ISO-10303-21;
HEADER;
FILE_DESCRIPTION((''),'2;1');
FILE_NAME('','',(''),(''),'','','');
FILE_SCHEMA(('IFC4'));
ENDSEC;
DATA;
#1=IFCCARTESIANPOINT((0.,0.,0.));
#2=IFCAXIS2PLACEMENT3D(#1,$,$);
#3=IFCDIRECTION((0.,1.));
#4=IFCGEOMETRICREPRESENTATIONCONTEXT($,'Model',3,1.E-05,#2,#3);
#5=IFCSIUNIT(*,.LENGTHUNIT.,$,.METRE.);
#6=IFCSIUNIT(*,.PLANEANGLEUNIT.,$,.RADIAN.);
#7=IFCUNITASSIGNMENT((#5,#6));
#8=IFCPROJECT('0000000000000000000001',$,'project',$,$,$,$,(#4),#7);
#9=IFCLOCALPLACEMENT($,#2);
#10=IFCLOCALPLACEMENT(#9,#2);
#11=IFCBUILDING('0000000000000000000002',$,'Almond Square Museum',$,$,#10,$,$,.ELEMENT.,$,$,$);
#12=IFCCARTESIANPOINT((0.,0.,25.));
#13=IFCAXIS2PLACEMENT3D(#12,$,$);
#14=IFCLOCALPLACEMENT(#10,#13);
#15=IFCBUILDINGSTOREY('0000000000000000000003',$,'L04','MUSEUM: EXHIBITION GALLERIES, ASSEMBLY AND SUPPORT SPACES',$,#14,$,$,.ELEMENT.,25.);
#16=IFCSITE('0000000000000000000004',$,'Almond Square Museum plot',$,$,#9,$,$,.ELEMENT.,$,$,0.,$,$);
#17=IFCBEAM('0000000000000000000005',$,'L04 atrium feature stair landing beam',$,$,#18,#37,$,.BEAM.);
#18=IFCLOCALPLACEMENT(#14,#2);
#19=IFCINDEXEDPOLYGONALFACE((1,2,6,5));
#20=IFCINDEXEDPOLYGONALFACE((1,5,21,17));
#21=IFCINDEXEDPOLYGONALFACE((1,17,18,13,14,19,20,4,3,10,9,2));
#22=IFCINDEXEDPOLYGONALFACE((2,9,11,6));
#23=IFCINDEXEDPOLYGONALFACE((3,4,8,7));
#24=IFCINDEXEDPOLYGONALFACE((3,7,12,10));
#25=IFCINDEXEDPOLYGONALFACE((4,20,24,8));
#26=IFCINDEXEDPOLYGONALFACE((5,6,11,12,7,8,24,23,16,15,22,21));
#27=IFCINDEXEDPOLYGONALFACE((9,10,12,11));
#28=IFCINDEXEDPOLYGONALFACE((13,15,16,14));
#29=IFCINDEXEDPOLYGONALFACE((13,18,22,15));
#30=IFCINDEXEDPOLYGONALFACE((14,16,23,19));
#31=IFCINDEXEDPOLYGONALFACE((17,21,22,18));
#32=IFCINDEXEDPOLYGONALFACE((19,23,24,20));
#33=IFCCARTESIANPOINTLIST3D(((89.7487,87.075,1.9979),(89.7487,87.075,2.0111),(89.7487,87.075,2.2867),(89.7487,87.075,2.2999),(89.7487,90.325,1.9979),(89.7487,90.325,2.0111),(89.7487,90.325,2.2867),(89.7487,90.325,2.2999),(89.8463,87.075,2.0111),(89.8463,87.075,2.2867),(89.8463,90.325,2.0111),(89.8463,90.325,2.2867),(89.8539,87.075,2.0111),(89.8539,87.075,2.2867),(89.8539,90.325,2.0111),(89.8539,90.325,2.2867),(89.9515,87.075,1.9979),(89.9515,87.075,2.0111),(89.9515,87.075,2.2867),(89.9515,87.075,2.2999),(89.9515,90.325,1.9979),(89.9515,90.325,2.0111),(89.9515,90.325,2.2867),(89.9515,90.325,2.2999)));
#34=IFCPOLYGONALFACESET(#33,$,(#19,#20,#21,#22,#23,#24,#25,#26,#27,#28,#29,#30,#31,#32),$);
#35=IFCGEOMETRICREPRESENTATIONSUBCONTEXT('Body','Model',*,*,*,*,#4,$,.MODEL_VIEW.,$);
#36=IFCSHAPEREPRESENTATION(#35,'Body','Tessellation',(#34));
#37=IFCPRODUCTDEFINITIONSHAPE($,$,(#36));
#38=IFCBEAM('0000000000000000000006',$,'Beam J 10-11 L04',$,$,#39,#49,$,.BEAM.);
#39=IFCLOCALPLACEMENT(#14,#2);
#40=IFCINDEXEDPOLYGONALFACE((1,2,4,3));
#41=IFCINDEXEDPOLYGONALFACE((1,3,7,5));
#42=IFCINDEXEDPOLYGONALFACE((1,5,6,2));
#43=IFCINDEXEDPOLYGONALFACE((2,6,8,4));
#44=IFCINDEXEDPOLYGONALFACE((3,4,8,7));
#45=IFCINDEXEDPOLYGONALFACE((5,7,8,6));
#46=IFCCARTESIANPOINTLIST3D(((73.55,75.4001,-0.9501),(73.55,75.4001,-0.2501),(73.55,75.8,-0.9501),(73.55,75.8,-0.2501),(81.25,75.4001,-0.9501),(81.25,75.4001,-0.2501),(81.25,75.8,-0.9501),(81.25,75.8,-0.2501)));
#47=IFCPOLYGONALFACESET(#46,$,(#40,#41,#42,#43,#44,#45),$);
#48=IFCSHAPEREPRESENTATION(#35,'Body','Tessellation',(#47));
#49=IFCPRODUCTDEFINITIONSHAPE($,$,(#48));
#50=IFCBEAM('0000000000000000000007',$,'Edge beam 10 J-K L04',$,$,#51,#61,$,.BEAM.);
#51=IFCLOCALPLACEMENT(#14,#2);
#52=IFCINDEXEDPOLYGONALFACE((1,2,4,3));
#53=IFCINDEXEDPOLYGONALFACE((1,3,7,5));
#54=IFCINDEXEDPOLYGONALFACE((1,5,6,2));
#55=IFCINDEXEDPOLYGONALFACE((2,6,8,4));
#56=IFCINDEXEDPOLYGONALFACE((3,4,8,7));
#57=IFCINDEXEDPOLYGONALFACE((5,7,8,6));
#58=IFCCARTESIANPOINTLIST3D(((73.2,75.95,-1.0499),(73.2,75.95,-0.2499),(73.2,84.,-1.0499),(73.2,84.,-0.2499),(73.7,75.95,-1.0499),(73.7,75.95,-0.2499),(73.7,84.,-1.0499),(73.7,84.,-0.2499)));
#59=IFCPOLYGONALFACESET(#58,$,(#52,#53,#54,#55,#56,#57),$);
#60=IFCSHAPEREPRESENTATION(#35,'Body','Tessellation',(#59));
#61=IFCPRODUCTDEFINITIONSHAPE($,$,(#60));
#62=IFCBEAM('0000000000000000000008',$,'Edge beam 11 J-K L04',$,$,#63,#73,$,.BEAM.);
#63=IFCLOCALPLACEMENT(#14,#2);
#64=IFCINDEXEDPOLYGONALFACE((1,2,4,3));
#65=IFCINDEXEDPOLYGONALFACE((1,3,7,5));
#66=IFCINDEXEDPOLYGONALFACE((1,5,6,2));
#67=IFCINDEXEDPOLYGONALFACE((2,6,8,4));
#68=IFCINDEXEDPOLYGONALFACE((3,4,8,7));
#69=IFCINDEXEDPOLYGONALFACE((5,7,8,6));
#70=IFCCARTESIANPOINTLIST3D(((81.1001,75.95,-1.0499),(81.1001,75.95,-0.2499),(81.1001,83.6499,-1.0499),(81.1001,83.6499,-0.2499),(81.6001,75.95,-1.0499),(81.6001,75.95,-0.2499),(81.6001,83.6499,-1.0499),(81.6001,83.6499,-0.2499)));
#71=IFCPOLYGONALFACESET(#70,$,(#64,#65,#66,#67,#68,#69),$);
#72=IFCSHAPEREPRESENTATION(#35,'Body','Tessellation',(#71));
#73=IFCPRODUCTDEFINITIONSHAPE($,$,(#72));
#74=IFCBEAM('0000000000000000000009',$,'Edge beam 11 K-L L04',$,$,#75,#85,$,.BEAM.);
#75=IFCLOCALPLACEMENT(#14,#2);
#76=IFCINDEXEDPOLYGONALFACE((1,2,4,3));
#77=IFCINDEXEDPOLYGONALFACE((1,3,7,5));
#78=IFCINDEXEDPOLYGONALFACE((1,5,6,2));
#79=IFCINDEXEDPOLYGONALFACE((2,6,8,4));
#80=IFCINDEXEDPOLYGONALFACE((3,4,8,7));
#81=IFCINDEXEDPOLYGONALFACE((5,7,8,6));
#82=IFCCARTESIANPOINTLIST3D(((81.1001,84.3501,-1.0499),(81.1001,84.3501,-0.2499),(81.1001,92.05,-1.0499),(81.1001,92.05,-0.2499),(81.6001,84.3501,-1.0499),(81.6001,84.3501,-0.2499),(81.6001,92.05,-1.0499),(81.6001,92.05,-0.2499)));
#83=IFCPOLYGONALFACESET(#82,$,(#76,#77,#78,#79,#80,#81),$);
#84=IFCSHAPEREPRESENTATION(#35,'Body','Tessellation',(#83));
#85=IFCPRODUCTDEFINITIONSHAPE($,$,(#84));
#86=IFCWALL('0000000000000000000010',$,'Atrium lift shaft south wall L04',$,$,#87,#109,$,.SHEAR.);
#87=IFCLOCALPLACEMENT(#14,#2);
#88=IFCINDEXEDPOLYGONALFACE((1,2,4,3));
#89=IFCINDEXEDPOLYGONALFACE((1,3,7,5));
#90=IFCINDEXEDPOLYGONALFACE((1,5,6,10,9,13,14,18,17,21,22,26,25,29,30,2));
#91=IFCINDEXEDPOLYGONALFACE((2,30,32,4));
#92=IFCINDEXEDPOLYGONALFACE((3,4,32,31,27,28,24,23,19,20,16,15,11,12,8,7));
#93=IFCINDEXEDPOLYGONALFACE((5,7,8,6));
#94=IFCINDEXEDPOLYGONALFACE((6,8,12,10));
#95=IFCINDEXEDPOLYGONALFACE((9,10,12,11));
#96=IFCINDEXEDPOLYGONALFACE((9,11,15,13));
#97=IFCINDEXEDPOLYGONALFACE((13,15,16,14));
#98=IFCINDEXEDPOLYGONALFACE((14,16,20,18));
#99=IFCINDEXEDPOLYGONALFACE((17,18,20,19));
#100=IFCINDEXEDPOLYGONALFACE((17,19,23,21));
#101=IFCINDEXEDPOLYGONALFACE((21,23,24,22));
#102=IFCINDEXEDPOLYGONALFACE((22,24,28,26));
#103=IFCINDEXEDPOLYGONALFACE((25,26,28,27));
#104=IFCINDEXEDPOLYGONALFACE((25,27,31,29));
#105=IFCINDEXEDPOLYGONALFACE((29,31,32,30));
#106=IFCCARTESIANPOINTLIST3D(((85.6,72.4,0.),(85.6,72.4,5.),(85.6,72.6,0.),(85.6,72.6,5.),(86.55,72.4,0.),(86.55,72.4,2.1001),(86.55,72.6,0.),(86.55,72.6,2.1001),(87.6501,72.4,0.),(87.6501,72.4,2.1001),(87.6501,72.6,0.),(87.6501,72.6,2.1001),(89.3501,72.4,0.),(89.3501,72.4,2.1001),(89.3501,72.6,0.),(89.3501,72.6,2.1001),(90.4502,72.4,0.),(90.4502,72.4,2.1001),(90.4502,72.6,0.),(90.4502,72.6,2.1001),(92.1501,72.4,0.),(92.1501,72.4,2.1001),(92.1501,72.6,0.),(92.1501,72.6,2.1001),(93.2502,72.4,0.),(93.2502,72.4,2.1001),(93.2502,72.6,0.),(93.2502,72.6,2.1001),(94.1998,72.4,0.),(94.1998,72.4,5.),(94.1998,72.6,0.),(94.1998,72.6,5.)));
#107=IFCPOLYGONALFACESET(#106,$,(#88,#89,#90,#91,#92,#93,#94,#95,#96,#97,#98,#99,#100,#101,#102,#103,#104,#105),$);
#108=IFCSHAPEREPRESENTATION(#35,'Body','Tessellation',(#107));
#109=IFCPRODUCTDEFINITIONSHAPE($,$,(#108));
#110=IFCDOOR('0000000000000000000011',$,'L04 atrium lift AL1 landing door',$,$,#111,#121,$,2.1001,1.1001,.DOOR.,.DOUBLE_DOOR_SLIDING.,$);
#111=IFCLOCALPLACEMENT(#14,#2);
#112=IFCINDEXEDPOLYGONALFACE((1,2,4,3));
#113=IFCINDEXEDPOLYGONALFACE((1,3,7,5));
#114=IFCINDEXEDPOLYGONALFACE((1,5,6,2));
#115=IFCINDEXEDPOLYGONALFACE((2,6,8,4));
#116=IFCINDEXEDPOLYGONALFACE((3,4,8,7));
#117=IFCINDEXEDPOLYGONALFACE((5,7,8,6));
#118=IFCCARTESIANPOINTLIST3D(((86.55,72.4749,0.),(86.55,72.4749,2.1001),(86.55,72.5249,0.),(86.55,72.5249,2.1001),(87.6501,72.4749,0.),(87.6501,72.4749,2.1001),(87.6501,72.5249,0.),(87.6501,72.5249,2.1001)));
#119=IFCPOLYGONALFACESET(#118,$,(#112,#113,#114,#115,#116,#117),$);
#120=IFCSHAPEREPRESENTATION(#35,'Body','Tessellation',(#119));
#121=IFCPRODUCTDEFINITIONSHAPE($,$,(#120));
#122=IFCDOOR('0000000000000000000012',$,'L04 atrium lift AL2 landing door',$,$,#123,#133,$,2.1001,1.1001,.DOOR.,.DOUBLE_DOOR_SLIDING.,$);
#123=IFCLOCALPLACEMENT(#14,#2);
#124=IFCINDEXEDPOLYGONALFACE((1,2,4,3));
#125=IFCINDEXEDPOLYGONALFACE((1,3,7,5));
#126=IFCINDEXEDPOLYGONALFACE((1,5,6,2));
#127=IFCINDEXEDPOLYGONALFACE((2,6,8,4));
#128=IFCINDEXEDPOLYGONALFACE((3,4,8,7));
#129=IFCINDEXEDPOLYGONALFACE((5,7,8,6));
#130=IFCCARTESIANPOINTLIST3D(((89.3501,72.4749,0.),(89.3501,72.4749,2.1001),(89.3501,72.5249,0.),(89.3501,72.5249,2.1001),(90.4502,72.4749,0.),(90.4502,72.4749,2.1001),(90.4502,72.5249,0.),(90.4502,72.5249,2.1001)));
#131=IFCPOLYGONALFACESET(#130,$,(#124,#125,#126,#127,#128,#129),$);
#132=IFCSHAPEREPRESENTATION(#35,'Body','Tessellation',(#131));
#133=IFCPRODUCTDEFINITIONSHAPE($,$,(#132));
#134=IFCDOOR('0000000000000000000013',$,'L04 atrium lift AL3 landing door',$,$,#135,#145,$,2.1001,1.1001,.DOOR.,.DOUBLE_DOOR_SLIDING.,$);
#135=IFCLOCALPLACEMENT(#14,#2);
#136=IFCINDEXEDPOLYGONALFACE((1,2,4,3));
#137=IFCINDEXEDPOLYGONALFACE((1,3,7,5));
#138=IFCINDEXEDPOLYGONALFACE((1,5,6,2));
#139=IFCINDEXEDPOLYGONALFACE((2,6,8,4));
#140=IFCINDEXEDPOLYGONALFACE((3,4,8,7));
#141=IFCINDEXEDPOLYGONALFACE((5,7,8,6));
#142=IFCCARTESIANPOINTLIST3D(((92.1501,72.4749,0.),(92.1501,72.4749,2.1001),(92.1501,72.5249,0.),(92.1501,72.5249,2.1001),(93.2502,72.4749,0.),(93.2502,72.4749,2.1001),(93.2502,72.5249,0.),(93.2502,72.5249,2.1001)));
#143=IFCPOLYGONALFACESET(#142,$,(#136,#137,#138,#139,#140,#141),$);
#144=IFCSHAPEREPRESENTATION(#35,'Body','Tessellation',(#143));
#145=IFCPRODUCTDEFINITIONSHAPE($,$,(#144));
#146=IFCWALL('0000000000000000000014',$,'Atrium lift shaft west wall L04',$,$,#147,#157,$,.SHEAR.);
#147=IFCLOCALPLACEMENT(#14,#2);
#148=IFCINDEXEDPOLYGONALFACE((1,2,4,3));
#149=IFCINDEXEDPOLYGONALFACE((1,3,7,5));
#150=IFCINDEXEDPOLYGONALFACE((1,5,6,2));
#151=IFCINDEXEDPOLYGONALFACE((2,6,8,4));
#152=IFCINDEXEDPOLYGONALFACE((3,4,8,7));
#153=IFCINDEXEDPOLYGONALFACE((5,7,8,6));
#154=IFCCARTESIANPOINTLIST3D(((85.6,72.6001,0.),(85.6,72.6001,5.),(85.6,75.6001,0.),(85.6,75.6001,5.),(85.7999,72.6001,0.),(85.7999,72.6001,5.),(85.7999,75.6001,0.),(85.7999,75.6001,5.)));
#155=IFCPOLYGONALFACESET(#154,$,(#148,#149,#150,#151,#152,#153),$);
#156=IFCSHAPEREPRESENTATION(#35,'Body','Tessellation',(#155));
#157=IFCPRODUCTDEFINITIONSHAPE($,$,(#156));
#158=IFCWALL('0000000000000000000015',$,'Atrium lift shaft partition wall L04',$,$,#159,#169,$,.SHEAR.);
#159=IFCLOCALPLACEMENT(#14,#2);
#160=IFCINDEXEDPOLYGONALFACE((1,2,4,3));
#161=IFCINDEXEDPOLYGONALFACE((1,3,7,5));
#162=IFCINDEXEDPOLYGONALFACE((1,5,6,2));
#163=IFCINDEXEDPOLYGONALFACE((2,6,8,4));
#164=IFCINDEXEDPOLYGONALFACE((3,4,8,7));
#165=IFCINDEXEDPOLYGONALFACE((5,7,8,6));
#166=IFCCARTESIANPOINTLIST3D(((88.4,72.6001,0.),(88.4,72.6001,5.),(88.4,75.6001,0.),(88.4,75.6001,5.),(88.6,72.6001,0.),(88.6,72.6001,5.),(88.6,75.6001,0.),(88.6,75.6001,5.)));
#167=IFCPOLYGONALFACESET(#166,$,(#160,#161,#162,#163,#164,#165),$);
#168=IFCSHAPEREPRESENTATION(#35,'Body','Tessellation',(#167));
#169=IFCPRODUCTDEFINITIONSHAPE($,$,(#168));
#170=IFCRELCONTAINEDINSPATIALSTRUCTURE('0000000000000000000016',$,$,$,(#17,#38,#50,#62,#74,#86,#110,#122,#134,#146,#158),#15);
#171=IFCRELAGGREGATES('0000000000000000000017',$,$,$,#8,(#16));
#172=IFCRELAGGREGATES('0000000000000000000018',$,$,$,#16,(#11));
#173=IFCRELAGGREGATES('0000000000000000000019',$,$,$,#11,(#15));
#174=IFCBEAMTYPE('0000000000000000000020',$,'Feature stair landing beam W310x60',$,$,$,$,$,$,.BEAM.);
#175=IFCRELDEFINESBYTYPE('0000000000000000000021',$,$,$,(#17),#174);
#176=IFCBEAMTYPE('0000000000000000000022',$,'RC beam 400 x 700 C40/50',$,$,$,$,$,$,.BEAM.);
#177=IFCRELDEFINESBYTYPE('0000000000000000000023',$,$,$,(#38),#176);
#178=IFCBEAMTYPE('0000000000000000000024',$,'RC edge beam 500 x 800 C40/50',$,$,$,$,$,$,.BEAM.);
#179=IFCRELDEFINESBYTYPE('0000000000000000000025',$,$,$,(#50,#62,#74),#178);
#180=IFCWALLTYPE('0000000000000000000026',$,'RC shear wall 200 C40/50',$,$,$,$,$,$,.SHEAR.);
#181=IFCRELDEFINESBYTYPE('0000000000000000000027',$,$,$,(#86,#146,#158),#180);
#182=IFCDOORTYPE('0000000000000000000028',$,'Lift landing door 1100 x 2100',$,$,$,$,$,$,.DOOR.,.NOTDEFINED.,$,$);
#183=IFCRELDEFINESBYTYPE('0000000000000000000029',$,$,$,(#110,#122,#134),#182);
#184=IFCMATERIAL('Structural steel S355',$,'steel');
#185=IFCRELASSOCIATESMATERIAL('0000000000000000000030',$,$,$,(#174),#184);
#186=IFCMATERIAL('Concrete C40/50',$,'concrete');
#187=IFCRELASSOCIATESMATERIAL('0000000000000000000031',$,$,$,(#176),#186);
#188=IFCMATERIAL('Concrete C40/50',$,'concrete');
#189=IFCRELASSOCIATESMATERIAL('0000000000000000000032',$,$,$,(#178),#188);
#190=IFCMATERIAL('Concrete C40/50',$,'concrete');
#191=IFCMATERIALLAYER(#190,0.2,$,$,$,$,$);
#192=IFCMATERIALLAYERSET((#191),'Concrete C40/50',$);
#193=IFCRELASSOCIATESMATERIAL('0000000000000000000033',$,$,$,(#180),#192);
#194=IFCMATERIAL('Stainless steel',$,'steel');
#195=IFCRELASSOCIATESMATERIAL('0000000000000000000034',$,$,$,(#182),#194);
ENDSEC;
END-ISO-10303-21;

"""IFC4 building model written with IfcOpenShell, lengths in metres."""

from ifc_helpers import new_model, si_unit, direction, frame, frame_2d, origin, origin_2d, place, context, subcontext, project, spatial, rectangle, i_section, extrude, material, layer, layer_set, material_profile, profile_set, type_object, element, fill, save


model = new_model("IFC4")

# Units and contexts
model_context = context("Model", 3, precision=1e-05, world=origin(), true_north=direction((0.0, 1.0)))
body_context = subcontext(model_context, "Body", "Model", "MODEL_VIEW")
ifc_project = project(units=[si_unit("LENGTHUNIT", "METRE"), si_unit("PLANEANGLEUNIT", "RADIAN")], contexts=[model_context])

# Site, building, storey
site_placement = place(None, origin())
site = spatial("IfcSite", under=ifc_project, at=site_placement, Name="Almond Square Museum plot", CompositionType="ELEMENT", RefElevation=0.0)
building_placement = place(site_placement, origin())
building = spatial("IfcBuilding", under=site, at=building_placement, Name="Almond Square Museum", CompositionType="ELEMENT")
storey_placement = place(building_placement, frame((0.0, 0.0, 25.0)))
storey = spatial("IfcBuildingStorey", under=building, at=storey_placement, Name="L04", Description="MUSEUM: EXHIBITION GALLERIES, ASSEMBLY AND SUPPORT SPACES", CompositionType="ELEMENT", Elevation=25.0)

# Beams
ifc_material_1 = material(Name="Structural steel S355", Category="steel")
ifc_material_profile_1 = material_profile(ifc_material_1, i_section(OverallWidth=0.2029, OverallDepth=0.302, WebThickness=0.0076, FlangeThickness=0.0132, at=origin_2d()))
ifc_profile_set_1 = profile_set([ifc_material_profile_1], Name="Structural steel S355")
beam_type_1 = type_object("IfcBeamType", Name="Feature stair landing beam W310x60", PredefinedType="BEAM", material=ifc_profile_set_1)
for number, where, z_axis, x_axis, name in (
    (1, (89.8501, 87.075, 2.1489), (0.0, 1.0, 0.0), (-1.0, 0.0, 0.0), "L04 atrium feature stair landing beam"),
):
    element("IfcBeam", number, at=place(storey_placement, frame(where, z_axis=z_axis, x_axis=x_axis)), inside=storey, type_object=beam_type_1, Name=name, PredefinedType="BEAM", context=body_context, shape_type="SweptSolid", body=[
        extrude(i_section(OverallWidth=0.2029, OverallDepth=0.302, WebThickness=0.0076, FlangeThickness=0.0132, at=origin_2d()), origin(), (0.0, 0.0, 1.0), 3.25),
    ])
ifc_material_2 = material(Name="Concrete C40/50", Category="concrete")
ifc_material_profile_2 = material_profile(ifc_material_2, rectangle(XDim=0.3999, YDim=0.7, at=origin_2d()))
ifc_profile_set_2 = profile_set([ifc_material_profile_2], Name="Concrete C40/50")
beam_type_2 = type_object("IfcBeamType", Name="RC beam 400 x 700 C40/50", PredefinedType="BEAM", material=ifc_profile_set_2)
beam_1_placement = place(storey_placement, frame((73.55, 75.6001, -0.6001), z_axis=(1.0, 0.0, 0.0), x_axis=(0.0, 1.0, 0.0)))
element("IfcBeam", 2, at=beam_1_placement, inside=storey, type_object=beam_type_2, Name="Beam J 10-11 L04", PredefinedType="BEAM", context=body_context, shape_type="SweptSolid", body=[
    extrude(rectangle(XDim=0.3999, YDim=0.7, at=origin_2d()), origin(), (0.0, 0.0, 1.0), 7.7),
])
ifc_material_3 = material(Name="Concrete C40/50", Category="concrete")
ifc_material_profile_3 = material_profile(ifc_material_3, rectangle(XDim=0.5, YDim=0.8, at=origin_2d()))
ifc_profile_set_3 = profile_set([ifc_material_profile_3], Name="Concrete C40/50")
beam_type_3 = type_object("IfcBeamType", Name="RC edge beam 500 x 800 C40/50", PredefinedType="BEAM", material=ifc_profile_set_3)
beam_2_placement = place(storey_placement, frame((73.45, 75.95, -0.6499), z_axis=(0.0, 1.0, 0.0), x_axis=(-1.0, 0.0, 0.0)))
element("IfcBeam", 3, at=beam_2_placement, inside=storey, type_object=beam_type_3, Name="Edge beam 10 J-K L04", PredefinedType="BEAM", context=body_context, shape_type="SweptSolid", body=[
    extrude(rectangle(XDim=0.5, YDim=0.8, at=origin_2d()), origin(), (0.0, 0.0, 1.0), 8.05),
])
for number, where, z_axis, x_axis, name in (
    (4, (81.3501, 75.95, -0.6499), (0.0, 1.0, 0.0), (-1.0, 0.0, 0.0), "Edge beam 11 J-K L04"),
    (5, (81.3501, 84.3501, -0.6499), (0.0, 1.0, 0.0), (-1.0, 0.0, 0.0), "Edge beam 11 K-L L04"),
):
    element("IfcBeam", number, at=place(storey_placement, frame(where, z_axis=z_axis, x_axis=x_axis)), inside=storey, type_object=beam_type_3, Name=name, PredefinedType="BEAM", context=body_context, shape_type="SweptSolid", body=[
        extrude(rectangle(XDim=0.5, YDim=0.8, at=origin_2d()), origin(), (0.0, 0.0, 1.0), 7.7),
    ])

# Wall, openings, doors
ifc_material_4 = material(Name="Concrete C40/50", Category="concrete")
ifc_layer = layer(ifc_material_4, 0.2)
ifc_layer_set = layer_set([ifc_layer], Name="Concrete C40/50")
wall_type = type_object("IfcWallType", Name="RC shear wall 200 C40/50", PredefinedType="SHEAR", material=ifc_layer_set)
wall_placement = place(storey_placement, frame((85.6001, 72.5, 0.0), z_axis=(0.0, 0.0, 1.0), x_axis=(1.0, 0.0, 0.0)))
wall = element("IfcWall", 6, at=wall_placement, inside=storey, type_object=wall_type, Name="Atrium lift shaft south wall L04", PredefinedType="SHEAR", context=body_context, shape_type="SweptSolid", body=[
    extrude(rectangle(XDim=8.5999, YDim=0.2, at=frame_2d((4.2998, 0.0))), origin(), (0.0, 0.0, 1.0), 5.0),
])
opening_1_placement = place(wall_placement, frame((0.95, 0.0, 0.0)))
opening_1 = element("IfcOpeningElement", 7, at=opening_1_placement, cuts=wall, PredefinedType="OPENING", context=body_context, shape_type="SweptSolid", body=[
    extrude(rectangle(XDim=1.1001, YDim=2.1001, at=frame_2d((0.55, 1.05))), frame((0.0, 0.1099, 0.0), z_axis=(0.0, -1.0, 0.0), x_axis=(1.0, 0.0, 0.0)), (0.0, 0.0, 1.0), 0.22),
])
opening_2_placement = place(wall_placement, frame((3.75, 0.0, 0.0)))
opening_2 = element("IfcOpeningElement", 8, at=opening_2_placement, cuts=wall, PredefinedType="OPENING", context=body_context, shape_type="SweptSolid", body=[
    extrude(rectangle(XDim=1.1001, YDim=2.1001, at=frame_2d((0.55, 1.05))), frame((0.0, 0.1099, 0.0), z_axis=(0.0, -1.0, 0.0), x_axis=(1.0, 0.0, 0.0)), (0.0, 0.0, 1.0), 0.22),
])
opening_3_placement = place(wall_placement, frame((6.55, 0.0, 0.0)))
opening_3 = element("IfcOpeningElement", 9, at=opening_3_placement, cuts=wall, PredefinedType="OPENING", context=body_context, shape_type="SweptSolid", body=[
    extrude(rectangle(XDim=1.1001, YDim=2.1001, at=frame_2d((0.55, 1.05))), frame((0.0, 0.1099, 0.0), z_axis=(0.0, -1.0, 0.0), x_axis=(1.0, 0.0, 0.0)), (0.0, 0.0, 1.0), 0.22),
])
ifc_material_5 = material(Name="Stainless steel", Category="steel")
door_type = type_object("IfcDoorType", Name="Lift landing door 1100 x 2100", OperationType="NOTDEFINED", PredefinedType="DOOR", material=ifc_material_5)
door_1_placement = place(opening_1_placement, origin())
door_1 = element("IfcDoor", 10, at=door_1_placement, inside=storey, type_object=door_type, Name="L04 atrium lift AL1 landing door", OperationType="DOUBLE_DOOR_SLIDING", OverallHeight=2.1001, OverallWidth=1.1001, PredefinedType="DOOR", context=body_context, shape_type="SweptSolid", body=[
    extrude(rectangle(XDim=1.1001, YDim=2.1001, at=frame_2d((0.55, 1.05))), frame((0.0, 0.0249, 0.0), z_axis=(0.0, -1.0, 0.0), x_axis=(1.0, 0.0, 0.0)), (0.0, 0.0, 1.0), 0.05),
])
fill(opening_1, door_1)
door_2_placement = place(opening_2_placement, origin())
door_2 = element("IfcDoor", 11, at=door_2_placement, inside=storey, type_object=door_type, Name="L04 atrium lift AL2 landing door", OperationType="DOUBLE_DOOR_SLIDING", OverallHeight=2.1001, OverallWidth=1.1001, PredefinedType="DOOR", context=body_context, shape_type="SweptSolid", body=[
    extrude(rectangle(XDim=1.1001, YDim=2.1001, at=frame_2d((0.55, 1.05))), frame((0.0, 0.0249, 0.0), z_axis=(0.0, -1.0, 0.0), x_axis=(1.0, 0.0, 0.0)), (0.0, 0.0, 1.0), 0.05),
])
fill(opening_2, door_2)
door_3_placement = place(opening_3_placement, origin())
door_3 = element("IfcDoor", 12, at=door_3_placement, inside=storey, type_object=door_type, Name="L04 atrium lift AL3 landing door", OperationType="DOUBLE_DOOR_SLIDING", OverallHeight=2.1001, OverallWidth=1.1001, PredefinedType="DOOR", context=body_context, shape_type="SweptSolid", body=[
    extrude(rectangle(XDim=1.1001, YDim=2.1001, at=frame_2d((0.55, 1.05))), frame((0.0, 0.0249, 0.0), z_axis=(0.0, -1.0, 0.0), x_axis=(1.0, 0.0, 0.0)), (0.0, 0.0, 1.0), 0.05),
])
fill(opening_3, door_3)

# Walls
for number, where, z_axis, x_axis, name in (
    (13, (85.7, 72.6001, 0.0), (0.0, 0.0, 1.0), (0.0, 1.0, 0.0), "Atrium lift shaft west wall L04"),
    (14, (88.5, 72.6001, 0.0), (0.0, 0.0, 1.0), (0.0, 1.0, 0.0), "Atrium lift shaft partition wall L04"),
):
    element("IfcWall", number, at=place(storey_placement, frame(where, z_axis=z_axis, x_axis=x_axis)), inside=storey, type_object=wall_type, Name=name, PredefinedType="SHEAR", context=body_context, shape_type="SweptSolid", body=[
        extrude(rectangle(XDim=3.0, YDim=0.2, at=frame_2d((1.5, 0.0))), origin(), (0.0, 0.0, 1.0), 5.0),
    ])

save(model, "model.ifc")
